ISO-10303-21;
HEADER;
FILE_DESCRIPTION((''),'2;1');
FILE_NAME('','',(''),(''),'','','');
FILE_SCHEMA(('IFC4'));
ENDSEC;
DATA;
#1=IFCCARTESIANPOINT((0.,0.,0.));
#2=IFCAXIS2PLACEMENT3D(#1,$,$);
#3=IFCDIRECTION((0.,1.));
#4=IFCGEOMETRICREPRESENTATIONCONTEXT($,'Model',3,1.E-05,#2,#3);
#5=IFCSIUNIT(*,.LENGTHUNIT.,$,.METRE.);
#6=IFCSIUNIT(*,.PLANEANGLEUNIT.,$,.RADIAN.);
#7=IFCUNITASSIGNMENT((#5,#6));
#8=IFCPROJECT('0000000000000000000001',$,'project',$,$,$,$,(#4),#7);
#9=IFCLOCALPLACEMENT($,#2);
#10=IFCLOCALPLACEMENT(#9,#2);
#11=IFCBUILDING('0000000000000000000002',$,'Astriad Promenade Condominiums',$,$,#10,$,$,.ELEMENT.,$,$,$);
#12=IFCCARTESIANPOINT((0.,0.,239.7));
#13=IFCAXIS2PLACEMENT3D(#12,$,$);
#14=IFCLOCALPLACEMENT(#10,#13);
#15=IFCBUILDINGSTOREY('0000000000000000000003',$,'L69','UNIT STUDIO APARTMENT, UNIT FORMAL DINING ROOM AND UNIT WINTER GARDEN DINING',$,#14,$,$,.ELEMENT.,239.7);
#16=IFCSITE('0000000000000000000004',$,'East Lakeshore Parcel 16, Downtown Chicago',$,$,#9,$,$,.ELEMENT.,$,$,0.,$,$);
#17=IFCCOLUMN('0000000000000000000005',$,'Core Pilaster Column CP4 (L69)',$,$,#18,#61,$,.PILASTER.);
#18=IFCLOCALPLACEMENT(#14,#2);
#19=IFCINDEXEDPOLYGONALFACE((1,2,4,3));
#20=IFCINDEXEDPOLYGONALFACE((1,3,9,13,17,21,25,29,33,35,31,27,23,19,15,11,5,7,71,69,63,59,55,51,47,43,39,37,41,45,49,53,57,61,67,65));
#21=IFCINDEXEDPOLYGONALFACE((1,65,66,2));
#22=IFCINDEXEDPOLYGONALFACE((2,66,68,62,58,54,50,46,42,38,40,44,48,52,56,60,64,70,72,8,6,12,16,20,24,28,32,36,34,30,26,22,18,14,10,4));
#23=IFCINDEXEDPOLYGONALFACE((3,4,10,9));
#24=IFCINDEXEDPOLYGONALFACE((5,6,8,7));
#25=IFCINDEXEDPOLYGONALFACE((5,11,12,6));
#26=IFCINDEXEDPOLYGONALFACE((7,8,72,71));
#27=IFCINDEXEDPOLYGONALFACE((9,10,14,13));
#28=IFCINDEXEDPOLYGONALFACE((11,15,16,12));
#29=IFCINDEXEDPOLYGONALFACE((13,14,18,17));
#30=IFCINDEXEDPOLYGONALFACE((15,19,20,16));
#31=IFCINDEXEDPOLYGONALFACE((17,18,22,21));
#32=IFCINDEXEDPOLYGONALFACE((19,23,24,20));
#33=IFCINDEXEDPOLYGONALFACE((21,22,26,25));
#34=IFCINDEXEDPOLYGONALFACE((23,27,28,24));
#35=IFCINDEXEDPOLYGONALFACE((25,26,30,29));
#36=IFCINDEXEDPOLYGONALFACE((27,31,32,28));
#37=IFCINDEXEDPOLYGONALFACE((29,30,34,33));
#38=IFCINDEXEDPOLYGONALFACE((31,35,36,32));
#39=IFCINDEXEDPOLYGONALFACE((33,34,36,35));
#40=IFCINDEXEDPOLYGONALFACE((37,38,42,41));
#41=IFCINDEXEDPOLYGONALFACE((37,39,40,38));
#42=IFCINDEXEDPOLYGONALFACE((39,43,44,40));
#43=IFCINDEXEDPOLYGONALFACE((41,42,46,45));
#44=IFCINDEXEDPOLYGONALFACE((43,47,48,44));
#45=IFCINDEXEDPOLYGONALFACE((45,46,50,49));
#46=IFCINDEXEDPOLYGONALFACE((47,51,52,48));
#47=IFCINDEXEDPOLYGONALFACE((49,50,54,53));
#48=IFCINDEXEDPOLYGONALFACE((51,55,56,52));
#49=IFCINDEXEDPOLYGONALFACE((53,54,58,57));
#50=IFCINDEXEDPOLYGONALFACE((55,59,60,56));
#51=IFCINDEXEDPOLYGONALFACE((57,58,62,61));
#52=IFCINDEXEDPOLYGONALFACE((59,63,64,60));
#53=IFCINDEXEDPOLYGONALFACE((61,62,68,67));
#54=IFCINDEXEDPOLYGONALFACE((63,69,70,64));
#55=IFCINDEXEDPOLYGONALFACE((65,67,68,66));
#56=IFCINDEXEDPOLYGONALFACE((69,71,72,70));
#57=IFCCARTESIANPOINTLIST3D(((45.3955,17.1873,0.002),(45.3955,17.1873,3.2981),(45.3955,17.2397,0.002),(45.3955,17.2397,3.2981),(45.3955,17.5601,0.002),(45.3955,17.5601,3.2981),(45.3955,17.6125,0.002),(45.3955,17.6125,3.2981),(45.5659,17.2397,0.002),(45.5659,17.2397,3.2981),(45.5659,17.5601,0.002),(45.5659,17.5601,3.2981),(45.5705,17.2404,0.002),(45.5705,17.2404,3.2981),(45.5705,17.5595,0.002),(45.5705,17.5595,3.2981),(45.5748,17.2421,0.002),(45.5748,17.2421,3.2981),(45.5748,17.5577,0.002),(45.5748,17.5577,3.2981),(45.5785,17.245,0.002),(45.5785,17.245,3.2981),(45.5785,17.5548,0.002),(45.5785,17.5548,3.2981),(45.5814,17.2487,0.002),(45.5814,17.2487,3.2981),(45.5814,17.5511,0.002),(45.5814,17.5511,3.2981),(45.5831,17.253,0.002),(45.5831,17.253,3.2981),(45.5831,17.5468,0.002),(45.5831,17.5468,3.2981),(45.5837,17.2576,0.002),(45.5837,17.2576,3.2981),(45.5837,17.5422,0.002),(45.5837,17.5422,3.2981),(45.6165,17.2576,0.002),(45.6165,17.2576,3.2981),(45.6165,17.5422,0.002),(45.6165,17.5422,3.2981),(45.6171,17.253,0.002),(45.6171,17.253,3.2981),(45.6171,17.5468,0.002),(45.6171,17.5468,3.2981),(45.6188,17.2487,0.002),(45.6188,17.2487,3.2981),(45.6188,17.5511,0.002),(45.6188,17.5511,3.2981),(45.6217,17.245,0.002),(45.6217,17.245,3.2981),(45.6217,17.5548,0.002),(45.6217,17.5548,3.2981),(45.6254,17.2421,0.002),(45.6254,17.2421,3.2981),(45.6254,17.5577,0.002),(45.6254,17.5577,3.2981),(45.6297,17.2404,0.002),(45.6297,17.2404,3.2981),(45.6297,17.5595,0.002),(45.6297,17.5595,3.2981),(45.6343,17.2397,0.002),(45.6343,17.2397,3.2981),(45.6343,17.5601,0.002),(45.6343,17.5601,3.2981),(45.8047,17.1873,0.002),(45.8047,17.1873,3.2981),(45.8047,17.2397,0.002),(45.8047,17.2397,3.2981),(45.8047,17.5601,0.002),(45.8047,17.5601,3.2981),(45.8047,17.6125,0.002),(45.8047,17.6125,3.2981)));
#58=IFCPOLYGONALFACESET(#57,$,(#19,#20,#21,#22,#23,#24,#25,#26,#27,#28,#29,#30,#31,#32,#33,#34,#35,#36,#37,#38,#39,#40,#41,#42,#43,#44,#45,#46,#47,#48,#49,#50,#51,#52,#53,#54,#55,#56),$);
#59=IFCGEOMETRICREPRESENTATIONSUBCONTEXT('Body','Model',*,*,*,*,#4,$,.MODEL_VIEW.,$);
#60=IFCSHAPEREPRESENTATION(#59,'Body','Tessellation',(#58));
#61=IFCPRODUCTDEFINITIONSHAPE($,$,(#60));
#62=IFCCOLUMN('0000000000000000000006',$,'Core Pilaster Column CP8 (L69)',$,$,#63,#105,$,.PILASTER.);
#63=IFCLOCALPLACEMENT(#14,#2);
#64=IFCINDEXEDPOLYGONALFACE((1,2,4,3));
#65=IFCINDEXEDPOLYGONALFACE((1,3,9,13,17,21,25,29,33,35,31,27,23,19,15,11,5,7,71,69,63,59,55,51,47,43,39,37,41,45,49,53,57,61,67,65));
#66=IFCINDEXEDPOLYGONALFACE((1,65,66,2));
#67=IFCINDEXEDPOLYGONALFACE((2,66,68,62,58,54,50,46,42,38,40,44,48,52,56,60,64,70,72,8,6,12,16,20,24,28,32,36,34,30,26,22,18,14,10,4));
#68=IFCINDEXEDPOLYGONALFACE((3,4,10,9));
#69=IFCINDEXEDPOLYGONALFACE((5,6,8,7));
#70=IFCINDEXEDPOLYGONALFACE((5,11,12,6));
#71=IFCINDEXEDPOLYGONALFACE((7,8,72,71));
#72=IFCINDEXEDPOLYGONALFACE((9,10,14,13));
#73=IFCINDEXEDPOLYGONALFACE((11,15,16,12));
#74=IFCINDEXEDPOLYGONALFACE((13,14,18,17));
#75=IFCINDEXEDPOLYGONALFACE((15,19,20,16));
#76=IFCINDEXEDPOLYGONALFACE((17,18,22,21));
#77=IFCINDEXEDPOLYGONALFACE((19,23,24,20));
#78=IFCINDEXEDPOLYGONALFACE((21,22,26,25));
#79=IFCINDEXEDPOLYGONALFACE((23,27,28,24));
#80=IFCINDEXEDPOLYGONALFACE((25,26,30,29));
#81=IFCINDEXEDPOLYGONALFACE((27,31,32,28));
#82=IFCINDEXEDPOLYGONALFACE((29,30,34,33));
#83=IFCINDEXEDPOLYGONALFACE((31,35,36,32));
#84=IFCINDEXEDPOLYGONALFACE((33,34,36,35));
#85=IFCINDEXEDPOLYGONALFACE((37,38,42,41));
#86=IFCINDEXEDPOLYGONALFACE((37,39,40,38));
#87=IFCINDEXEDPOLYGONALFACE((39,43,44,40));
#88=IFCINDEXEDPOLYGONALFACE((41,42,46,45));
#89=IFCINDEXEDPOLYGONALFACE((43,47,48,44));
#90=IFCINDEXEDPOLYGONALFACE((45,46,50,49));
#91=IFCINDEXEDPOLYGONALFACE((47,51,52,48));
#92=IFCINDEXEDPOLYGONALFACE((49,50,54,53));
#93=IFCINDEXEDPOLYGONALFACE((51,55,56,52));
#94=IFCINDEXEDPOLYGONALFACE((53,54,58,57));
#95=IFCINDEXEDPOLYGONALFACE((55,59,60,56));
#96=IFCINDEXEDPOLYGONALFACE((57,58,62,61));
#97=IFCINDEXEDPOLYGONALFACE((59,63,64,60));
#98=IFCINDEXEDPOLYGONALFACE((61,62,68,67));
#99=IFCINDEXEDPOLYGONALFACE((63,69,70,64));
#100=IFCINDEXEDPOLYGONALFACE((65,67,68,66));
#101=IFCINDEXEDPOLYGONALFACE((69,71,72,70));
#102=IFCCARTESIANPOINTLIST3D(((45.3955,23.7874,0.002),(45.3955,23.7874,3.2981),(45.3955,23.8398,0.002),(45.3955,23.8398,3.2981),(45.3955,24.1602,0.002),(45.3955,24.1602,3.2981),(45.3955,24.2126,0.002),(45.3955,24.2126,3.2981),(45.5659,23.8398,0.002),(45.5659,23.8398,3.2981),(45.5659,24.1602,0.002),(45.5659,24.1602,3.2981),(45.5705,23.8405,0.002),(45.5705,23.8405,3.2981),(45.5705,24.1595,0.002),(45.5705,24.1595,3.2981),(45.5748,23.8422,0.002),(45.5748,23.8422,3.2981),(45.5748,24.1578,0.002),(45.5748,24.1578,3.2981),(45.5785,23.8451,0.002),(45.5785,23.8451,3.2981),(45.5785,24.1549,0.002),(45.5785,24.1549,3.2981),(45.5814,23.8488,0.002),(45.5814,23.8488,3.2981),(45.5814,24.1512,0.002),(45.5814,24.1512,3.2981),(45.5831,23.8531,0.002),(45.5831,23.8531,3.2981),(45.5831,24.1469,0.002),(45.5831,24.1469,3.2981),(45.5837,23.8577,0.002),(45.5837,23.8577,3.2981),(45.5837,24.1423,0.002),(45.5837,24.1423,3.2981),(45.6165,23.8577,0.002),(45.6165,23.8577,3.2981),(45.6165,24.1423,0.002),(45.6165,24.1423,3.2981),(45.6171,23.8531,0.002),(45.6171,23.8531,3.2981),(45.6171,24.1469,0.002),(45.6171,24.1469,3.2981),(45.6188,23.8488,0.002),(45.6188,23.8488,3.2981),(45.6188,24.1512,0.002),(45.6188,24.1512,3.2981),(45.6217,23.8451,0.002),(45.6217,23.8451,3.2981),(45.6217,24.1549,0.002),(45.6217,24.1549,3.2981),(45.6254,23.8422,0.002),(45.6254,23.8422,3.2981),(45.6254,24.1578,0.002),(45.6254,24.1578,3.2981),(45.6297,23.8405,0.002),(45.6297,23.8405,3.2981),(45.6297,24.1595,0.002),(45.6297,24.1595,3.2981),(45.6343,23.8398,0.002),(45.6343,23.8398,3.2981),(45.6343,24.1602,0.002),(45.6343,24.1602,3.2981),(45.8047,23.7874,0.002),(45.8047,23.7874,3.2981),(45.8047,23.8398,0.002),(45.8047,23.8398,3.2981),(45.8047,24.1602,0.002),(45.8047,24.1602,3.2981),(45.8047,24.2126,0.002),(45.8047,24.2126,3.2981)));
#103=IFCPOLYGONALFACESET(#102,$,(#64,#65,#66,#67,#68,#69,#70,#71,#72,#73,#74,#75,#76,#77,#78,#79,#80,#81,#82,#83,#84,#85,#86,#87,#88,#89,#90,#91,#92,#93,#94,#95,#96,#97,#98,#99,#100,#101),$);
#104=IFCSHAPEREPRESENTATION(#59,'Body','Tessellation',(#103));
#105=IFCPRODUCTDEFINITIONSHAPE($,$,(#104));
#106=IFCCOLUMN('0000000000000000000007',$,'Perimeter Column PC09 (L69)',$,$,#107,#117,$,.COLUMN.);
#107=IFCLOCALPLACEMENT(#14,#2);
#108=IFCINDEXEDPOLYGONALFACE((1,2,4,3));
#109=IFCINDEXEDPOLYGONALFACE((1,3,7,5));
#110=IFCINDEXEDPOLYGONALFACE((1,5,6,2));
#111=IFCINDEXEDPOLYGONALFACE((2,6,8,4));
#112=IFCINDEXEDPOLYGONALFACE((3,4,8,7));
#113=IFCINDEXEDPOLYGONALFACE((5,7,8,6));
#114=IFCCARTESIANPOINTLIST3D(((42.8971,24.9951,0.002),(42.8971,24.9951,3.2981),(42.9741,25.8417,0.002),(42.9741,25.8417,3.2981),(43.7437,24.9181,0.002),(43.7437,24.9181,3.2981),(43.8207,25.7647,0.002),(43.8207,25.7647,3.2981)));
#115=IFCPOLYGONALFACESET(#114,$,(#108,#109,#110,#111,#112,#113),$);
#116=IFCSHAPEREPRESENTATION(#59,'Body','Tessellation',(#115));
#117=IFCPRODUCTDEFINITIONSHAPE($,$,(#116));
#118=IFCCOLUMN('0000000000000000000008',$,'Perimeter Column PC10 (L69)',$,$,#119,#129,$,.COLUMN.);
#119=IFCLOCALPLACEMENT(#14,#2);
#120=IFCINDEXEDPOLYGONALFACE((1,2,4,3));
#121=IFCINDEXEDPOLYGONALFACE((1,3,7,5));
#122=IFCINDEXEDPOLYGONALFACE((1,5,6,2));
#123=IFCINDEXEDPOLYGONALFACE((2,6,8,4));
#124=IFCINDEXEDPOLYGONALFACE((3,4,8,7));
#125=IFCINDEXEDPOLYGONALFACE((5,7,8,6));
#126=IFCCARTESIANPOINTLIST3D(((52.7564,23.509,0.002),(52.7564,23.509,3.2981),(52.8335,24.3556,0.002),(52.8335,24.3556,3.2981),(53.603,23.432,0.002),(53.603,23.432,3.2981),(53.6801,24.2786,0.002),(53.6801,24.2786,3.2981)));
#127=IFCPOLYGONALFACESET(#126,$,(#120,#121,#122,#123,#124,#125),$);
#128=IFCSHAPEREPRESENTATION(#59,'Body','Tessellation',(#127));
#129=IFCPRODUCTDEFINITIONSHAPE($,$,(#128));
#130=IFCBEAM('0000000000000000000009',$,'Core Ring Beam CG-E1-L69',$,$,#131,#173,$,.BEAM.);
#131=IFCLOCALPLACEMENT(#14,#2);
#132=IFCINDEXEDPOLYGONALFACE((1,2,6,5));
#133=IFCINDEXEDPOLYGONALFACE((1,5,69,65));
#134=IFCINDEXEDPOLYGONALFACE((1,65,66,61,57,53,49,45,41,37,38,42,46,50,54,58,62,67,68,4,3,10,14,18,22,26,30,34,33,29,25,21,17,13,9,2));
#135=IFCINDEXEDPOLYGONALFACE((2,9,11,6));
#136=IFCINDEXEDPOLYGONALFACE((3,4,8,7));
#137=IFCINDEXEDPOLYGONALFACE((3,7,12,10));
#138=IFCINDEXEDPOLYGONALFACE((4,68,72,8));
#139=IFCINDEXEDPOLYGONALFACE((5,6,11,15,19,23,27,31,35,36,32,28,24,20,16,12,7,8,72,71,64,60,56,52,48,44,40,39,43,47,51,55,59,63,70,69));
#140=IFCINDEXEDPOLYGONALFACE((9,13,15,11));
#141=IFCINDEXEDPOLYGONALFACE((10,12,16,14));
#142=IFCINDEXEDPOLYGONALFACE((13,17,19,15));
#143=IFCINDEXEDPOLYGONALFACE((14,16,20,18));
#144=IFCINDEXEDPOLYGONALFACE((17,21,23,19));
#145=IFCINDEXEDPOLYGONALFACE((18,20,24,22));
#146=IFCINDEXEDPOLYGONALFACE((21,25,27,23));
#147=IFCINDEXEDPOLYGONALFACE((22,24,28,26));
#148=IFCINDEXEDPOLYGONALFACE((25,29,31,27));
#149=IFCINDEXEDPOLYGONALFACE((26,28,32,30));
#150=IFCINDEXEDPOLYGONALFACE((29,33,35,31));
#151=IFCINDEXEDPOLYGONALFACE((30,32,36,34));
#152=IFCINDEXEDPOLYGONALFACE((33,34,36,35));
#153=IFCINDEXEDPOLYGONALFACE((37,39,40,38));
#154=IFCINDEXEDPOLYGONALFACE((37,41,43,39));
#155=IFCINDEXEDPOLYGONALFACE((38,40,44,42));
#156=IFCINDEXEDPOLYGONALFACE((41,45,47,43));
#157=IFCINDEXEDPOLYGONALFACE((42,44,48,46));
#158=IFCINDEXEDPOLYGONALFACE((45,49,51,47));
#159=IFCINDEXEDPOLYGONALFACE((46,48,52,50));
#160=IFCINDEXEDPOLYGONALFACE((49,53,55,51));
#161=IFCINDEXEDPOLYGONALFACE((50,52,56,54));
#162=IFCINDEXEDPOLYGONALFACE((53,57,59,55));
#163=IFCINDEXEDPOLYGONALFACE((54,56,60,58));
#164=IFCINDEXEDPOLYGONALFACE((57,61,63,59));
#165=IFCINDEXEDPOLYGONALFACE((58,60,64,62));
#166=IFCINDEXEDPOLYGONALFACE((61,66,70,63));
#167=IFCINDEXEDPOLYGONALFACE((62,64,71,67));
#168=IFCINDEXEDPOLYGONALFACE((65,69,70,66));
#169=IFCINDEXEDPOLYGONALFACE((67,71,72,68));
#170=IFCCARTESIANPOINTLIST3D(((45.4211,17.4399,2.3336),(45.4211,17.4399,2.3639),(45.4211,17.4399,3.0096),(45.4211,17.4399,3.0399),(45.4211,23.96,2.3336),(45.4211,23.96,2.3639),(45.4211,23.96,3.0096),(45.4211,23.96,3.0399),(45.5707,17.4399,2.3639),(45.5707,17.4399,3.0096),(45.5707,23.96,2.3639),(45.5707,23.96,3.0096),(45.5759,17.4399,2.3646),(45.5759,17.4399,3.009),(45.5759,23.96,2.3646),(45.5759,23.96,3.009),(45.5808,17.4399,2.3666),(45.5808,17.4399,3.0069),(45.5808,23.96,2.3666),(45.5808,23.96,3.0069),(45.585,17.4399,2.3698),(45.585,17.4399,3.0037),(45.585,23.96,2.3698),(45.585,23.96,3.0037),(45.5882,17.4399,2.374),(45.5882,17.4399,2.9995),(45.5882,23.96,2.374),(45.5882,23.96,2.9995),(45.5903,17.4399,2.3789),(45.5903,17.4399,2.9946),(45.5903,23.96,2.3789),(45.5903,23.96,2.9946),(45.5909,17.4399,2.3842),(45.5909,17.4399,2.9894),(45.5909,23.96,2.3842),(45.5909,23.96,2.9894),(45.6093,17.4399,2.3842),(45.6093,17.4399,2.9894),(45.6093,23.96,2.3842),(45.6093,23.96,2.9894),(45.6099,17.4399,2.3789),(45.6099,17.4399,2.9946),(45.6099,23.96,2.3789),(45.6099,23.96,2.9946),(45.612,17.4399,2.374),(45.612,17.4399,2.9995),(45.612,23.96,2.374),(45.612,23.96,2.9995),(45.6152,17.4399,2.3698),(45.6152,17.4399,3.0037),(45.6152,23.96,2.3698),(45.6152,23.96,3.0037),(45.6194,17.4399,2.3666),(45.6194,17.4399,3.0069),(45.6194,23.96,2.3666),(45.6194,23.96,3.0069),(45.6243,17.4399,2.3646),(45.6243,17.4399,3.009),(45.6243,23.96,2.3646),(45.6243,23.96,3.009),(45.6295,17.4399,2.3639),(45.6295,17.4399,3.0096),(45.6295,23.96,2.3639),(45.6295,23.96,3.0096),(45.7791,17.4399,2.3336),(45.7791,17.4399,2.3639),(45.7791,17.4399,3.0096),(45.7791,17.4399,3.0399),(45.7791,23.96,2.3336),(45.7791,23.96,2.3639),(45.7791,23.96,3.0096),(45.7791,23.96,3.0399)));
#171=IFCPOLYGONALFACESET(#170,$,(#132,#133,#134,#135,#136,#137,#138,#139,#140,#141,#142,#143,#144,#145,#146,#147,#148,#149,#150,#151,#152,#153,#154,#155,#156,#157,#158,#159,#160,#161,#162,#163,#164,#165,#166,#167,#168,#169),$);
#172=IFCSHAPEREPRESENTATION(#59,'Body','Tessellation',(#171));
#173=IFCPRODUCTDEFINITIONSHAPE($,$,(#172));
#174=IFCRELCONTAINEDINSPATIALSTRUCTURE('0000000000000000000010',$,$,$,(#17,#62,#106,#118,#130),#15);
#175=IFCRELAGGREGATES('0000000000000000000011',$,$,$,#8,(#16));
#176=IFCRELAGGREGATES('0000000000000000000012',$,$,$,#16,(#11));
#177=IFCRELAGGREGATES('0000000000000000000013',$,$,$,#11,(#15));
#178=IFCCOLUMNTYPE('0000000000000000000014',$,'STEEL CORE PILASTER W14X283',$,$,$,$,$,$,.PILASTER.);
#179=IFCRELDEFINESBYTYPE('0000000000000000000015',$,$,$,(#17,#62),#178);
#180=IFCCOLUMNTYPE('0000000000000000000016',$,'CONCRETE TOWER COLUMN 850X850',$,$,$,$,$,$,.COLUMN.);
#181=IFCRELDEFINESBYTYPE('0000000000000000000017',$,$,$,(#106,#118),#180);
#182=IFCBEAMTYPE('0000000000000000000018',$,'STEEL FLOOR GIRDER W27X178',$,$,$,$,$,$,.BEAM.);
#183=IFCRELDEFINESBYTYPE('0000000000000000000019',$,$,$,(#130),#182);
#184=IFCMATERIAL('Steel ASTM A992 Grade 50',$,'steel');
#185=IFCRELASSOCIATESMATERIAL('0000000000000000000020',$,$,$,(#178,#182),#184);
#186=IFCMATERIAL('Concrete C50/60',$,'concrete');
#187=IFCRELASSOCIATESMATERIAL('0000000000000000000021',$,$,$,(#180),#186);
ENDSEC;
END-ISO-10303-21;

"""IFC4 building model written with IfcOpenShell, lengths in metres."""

from ifc_helpers import new_model, si_unit, direction, frame, origin, origin_2d, place, context, subcontext, project, spatial, rectangle, i_section, extrude, source, transform, mapped, material, material_profile, profile_set, type_object, type_shapes, element, save


model = new_model("IFC4")

# Units and contexts
model_context = context("Model", 3, precision=1e-05, world=origin(), true_north=direction((0.0, 1.0)))
body_context = subcontext(model_context, "Body", "Model", "MODEL_VIEW")
ifc_project = project(units=[si_unit("LENGTHUNIT", "METRE"), si_unit("PLANEANGLEUNIT", "RADIAN")], contexts=[model_context])

# Site, building, storey
site_placement = place(None, origin())
site = spatial("IfcSite", under=ifc_project, at=site_placement, Name="East Lakeshore Parcel 16, Downtown Chicago", CompositionType="ELEMENT", RefElevation=0.0)
building_placement = place(site_placement, origin())
building = spatial("IfcBuilding", under=site, at=building_placement, Name="Astriad Promenade Condominiums", CompositionType="ELEMENT")
storey_placement = place(building_placement, frame((0.0, 0.0, 239.7)))
storey = spatial("IfcBuildingStorey", under=building, at=storey_placement, Name="L69", Description="UNIT STUDIO APARTMENT, UNIT FORMAL DINING ROOM AND UNIT WINTER GARDEN DINING", CompositionType="ELEMENT", Elevation=239.7)

# Columns
ifc_material_1 = material(Name="Steel ASTM A992 Grade 50", Category="steel")
ifc_material_profile_1 = material_profile(ifc_material_1, i_section(OverallWidth=0.4092, OverallDepth=0.4253, WebThickness=0.0327, FlangeThickness=0.0525, FilletRadius=0.0178, at=origin_2d()), Name="W14X283")
ifc_profile_set_1 = profile_set([ifc_material_profile_1], Name="Steel ASTM A992 Grade 50")
column_type_1 = type_object("IfcColumnType", Name="STEEL CORE PILASTER W14X283", PredefinedType="PILASTER", material=ifc_profile_set_1)
shared_shape_1 = source(origin(), body_context, "Body", "SweptSolid", [
    extrude(i_section(OverallWidth=0.4092, OverallDepth=0.4253, WebThickness=0.0327, FlangeThickness=0.0525, FilletRadius=0.0178, at=origin_2d()), origin(), (0.0, 0.0, 1.0), 3.2961),
])
type_shapes(column_type_1, [shared_shape_1])
for number, where, z_axis, x_axis, name in (
    (1, (45.6001, 17.3999, 0.002), (0.0, 0.0, 1.0), (1.0, 0.0, 0.0), "Core Pilaster Column CP4 (L69)"),
    (2, (45.6001, 24.0, 0.002), (0.0, 0.0, 1.0), (1.0, 0.0, 0.0), "Core Pilaster Column CP8 (L69)"),
):
    element("IfcColumn", number, at=place(storey_placement, frame(where, z_axis=z_axis, x_axis=x_axis)), inside=storey, type_object=column_type_1, Name=name, PredefinedType="PILASTER", context=body_context, shape_type="MappedRepresentation", body=[
        mapped(shared_shape_1, transform((0.0, 0.0, 0.0), scale=1.0)),
    ])
ifc_material_2 = material(Name="Concrete C50/60", Category="concrete")
ifc_material_profile_2 = material_profile(ifc_material_2, rectangle(XDim=0.8501, YDim=0.8501, at=origin_2d()), Name="RC-COL-850X850")
ifc_profile_set_2 = profile_set([ifc_material_profile_2], Name="Concrete C50/60")
column_type_2 = type_object("IfcColumnType", Name="CONCRETE TOWER COLUMN 850X850", PredefinedType="COLUMN", material=ifc_profile_set_2)
shared_shape_2 = source(origin(), body_context, "Body", "SweptSolid", [
    extrude(rectangle(XDim=0.8501, YDim=0.8501, at=origin_2d()), origin(), (0.0, 0.0, 1.0), 3.2961),
])
type_shapes(column_type_2, [shared_shape_2])
for number, where, z_axis, x_axis, name in (
    (3, (43.3589, 25.3799, 0.002), (0.0, 0.0, 1.0), (0.995884, -0.090633, 0.0), "Perimeter Column PC09 (L69)"),
    (4, (53.2183, 23.8938, 0.002), (0.0, 0.0, 1.0), (0.995884, -0.090633, 0.0), "Perimeter Column PC10 (L69)"),
):
    element("IfcColumn", number, at=place(storey_placement, frame(where, z_axis=z_axis, x_axis=x_axis)), inside=storey, type_object=column_type_2, Name=name, PredefinedType="COLUMN", context=body_context, shape_type="MappedRepresentation", body=[
        mapped(shared_shape_2, transform((0.0, 0.0, 0.0), scale=1.0)),
    ])

# Beam
ifc_material_profile_3 = material_profile(ifc_material_1, i_section(OverallWidth=0.3579, OverallDepth=0.7063, WebThickness=0.0183, FlangeThickness=0.0303, FilletRadius=0.0203, at=origin_2d()), Name="W27X178")
ifc_profile_set_3 = profile_set([ifc_material_profile_3], Name="Steel ASTM A992 Grade 50")
beam_type_1 = type_object("IfcBeamType", Name="STEEL FLOOR GIRDER W27X178", PredefinedType="BEAM", material=ifc_profile_set_3)
shared_shape_3 = source(origin(), body_context, "Body", "SweptSolid", [
    extrude(i_section(OverallWidth=0.3579, OverallDepth=0.7063, WebThickness=0.0183, FlangeThickness=0.0303, FilletRadius=0.0203, at=origin_2d()), origin(), (0.0, 0.0, 1.0), 6.52),
])
type_shapes(beam_type_1, [shared_shape_3])
beam_1_placement = place(storey_placement, frame((45.6001, 17.4399, 2.6868), z_axis=(0.0, 1.0, 0.0), x_axis=(-1.0, 0.0, 0.0)))
element("IfcBeam", 5, at=beam_1_placement, inside=storey, type_object=beam_type_1, Name="Core Ring Beam CG-E1-L69", PredefinedType="BEAM", context=body_context, shape_type="MappedRepresentation", body=[
    mapped(shared_shape_3, transform((0.0, 0.0, 0.0), scale=1.0)),
])

save(model, "model.ifc")
